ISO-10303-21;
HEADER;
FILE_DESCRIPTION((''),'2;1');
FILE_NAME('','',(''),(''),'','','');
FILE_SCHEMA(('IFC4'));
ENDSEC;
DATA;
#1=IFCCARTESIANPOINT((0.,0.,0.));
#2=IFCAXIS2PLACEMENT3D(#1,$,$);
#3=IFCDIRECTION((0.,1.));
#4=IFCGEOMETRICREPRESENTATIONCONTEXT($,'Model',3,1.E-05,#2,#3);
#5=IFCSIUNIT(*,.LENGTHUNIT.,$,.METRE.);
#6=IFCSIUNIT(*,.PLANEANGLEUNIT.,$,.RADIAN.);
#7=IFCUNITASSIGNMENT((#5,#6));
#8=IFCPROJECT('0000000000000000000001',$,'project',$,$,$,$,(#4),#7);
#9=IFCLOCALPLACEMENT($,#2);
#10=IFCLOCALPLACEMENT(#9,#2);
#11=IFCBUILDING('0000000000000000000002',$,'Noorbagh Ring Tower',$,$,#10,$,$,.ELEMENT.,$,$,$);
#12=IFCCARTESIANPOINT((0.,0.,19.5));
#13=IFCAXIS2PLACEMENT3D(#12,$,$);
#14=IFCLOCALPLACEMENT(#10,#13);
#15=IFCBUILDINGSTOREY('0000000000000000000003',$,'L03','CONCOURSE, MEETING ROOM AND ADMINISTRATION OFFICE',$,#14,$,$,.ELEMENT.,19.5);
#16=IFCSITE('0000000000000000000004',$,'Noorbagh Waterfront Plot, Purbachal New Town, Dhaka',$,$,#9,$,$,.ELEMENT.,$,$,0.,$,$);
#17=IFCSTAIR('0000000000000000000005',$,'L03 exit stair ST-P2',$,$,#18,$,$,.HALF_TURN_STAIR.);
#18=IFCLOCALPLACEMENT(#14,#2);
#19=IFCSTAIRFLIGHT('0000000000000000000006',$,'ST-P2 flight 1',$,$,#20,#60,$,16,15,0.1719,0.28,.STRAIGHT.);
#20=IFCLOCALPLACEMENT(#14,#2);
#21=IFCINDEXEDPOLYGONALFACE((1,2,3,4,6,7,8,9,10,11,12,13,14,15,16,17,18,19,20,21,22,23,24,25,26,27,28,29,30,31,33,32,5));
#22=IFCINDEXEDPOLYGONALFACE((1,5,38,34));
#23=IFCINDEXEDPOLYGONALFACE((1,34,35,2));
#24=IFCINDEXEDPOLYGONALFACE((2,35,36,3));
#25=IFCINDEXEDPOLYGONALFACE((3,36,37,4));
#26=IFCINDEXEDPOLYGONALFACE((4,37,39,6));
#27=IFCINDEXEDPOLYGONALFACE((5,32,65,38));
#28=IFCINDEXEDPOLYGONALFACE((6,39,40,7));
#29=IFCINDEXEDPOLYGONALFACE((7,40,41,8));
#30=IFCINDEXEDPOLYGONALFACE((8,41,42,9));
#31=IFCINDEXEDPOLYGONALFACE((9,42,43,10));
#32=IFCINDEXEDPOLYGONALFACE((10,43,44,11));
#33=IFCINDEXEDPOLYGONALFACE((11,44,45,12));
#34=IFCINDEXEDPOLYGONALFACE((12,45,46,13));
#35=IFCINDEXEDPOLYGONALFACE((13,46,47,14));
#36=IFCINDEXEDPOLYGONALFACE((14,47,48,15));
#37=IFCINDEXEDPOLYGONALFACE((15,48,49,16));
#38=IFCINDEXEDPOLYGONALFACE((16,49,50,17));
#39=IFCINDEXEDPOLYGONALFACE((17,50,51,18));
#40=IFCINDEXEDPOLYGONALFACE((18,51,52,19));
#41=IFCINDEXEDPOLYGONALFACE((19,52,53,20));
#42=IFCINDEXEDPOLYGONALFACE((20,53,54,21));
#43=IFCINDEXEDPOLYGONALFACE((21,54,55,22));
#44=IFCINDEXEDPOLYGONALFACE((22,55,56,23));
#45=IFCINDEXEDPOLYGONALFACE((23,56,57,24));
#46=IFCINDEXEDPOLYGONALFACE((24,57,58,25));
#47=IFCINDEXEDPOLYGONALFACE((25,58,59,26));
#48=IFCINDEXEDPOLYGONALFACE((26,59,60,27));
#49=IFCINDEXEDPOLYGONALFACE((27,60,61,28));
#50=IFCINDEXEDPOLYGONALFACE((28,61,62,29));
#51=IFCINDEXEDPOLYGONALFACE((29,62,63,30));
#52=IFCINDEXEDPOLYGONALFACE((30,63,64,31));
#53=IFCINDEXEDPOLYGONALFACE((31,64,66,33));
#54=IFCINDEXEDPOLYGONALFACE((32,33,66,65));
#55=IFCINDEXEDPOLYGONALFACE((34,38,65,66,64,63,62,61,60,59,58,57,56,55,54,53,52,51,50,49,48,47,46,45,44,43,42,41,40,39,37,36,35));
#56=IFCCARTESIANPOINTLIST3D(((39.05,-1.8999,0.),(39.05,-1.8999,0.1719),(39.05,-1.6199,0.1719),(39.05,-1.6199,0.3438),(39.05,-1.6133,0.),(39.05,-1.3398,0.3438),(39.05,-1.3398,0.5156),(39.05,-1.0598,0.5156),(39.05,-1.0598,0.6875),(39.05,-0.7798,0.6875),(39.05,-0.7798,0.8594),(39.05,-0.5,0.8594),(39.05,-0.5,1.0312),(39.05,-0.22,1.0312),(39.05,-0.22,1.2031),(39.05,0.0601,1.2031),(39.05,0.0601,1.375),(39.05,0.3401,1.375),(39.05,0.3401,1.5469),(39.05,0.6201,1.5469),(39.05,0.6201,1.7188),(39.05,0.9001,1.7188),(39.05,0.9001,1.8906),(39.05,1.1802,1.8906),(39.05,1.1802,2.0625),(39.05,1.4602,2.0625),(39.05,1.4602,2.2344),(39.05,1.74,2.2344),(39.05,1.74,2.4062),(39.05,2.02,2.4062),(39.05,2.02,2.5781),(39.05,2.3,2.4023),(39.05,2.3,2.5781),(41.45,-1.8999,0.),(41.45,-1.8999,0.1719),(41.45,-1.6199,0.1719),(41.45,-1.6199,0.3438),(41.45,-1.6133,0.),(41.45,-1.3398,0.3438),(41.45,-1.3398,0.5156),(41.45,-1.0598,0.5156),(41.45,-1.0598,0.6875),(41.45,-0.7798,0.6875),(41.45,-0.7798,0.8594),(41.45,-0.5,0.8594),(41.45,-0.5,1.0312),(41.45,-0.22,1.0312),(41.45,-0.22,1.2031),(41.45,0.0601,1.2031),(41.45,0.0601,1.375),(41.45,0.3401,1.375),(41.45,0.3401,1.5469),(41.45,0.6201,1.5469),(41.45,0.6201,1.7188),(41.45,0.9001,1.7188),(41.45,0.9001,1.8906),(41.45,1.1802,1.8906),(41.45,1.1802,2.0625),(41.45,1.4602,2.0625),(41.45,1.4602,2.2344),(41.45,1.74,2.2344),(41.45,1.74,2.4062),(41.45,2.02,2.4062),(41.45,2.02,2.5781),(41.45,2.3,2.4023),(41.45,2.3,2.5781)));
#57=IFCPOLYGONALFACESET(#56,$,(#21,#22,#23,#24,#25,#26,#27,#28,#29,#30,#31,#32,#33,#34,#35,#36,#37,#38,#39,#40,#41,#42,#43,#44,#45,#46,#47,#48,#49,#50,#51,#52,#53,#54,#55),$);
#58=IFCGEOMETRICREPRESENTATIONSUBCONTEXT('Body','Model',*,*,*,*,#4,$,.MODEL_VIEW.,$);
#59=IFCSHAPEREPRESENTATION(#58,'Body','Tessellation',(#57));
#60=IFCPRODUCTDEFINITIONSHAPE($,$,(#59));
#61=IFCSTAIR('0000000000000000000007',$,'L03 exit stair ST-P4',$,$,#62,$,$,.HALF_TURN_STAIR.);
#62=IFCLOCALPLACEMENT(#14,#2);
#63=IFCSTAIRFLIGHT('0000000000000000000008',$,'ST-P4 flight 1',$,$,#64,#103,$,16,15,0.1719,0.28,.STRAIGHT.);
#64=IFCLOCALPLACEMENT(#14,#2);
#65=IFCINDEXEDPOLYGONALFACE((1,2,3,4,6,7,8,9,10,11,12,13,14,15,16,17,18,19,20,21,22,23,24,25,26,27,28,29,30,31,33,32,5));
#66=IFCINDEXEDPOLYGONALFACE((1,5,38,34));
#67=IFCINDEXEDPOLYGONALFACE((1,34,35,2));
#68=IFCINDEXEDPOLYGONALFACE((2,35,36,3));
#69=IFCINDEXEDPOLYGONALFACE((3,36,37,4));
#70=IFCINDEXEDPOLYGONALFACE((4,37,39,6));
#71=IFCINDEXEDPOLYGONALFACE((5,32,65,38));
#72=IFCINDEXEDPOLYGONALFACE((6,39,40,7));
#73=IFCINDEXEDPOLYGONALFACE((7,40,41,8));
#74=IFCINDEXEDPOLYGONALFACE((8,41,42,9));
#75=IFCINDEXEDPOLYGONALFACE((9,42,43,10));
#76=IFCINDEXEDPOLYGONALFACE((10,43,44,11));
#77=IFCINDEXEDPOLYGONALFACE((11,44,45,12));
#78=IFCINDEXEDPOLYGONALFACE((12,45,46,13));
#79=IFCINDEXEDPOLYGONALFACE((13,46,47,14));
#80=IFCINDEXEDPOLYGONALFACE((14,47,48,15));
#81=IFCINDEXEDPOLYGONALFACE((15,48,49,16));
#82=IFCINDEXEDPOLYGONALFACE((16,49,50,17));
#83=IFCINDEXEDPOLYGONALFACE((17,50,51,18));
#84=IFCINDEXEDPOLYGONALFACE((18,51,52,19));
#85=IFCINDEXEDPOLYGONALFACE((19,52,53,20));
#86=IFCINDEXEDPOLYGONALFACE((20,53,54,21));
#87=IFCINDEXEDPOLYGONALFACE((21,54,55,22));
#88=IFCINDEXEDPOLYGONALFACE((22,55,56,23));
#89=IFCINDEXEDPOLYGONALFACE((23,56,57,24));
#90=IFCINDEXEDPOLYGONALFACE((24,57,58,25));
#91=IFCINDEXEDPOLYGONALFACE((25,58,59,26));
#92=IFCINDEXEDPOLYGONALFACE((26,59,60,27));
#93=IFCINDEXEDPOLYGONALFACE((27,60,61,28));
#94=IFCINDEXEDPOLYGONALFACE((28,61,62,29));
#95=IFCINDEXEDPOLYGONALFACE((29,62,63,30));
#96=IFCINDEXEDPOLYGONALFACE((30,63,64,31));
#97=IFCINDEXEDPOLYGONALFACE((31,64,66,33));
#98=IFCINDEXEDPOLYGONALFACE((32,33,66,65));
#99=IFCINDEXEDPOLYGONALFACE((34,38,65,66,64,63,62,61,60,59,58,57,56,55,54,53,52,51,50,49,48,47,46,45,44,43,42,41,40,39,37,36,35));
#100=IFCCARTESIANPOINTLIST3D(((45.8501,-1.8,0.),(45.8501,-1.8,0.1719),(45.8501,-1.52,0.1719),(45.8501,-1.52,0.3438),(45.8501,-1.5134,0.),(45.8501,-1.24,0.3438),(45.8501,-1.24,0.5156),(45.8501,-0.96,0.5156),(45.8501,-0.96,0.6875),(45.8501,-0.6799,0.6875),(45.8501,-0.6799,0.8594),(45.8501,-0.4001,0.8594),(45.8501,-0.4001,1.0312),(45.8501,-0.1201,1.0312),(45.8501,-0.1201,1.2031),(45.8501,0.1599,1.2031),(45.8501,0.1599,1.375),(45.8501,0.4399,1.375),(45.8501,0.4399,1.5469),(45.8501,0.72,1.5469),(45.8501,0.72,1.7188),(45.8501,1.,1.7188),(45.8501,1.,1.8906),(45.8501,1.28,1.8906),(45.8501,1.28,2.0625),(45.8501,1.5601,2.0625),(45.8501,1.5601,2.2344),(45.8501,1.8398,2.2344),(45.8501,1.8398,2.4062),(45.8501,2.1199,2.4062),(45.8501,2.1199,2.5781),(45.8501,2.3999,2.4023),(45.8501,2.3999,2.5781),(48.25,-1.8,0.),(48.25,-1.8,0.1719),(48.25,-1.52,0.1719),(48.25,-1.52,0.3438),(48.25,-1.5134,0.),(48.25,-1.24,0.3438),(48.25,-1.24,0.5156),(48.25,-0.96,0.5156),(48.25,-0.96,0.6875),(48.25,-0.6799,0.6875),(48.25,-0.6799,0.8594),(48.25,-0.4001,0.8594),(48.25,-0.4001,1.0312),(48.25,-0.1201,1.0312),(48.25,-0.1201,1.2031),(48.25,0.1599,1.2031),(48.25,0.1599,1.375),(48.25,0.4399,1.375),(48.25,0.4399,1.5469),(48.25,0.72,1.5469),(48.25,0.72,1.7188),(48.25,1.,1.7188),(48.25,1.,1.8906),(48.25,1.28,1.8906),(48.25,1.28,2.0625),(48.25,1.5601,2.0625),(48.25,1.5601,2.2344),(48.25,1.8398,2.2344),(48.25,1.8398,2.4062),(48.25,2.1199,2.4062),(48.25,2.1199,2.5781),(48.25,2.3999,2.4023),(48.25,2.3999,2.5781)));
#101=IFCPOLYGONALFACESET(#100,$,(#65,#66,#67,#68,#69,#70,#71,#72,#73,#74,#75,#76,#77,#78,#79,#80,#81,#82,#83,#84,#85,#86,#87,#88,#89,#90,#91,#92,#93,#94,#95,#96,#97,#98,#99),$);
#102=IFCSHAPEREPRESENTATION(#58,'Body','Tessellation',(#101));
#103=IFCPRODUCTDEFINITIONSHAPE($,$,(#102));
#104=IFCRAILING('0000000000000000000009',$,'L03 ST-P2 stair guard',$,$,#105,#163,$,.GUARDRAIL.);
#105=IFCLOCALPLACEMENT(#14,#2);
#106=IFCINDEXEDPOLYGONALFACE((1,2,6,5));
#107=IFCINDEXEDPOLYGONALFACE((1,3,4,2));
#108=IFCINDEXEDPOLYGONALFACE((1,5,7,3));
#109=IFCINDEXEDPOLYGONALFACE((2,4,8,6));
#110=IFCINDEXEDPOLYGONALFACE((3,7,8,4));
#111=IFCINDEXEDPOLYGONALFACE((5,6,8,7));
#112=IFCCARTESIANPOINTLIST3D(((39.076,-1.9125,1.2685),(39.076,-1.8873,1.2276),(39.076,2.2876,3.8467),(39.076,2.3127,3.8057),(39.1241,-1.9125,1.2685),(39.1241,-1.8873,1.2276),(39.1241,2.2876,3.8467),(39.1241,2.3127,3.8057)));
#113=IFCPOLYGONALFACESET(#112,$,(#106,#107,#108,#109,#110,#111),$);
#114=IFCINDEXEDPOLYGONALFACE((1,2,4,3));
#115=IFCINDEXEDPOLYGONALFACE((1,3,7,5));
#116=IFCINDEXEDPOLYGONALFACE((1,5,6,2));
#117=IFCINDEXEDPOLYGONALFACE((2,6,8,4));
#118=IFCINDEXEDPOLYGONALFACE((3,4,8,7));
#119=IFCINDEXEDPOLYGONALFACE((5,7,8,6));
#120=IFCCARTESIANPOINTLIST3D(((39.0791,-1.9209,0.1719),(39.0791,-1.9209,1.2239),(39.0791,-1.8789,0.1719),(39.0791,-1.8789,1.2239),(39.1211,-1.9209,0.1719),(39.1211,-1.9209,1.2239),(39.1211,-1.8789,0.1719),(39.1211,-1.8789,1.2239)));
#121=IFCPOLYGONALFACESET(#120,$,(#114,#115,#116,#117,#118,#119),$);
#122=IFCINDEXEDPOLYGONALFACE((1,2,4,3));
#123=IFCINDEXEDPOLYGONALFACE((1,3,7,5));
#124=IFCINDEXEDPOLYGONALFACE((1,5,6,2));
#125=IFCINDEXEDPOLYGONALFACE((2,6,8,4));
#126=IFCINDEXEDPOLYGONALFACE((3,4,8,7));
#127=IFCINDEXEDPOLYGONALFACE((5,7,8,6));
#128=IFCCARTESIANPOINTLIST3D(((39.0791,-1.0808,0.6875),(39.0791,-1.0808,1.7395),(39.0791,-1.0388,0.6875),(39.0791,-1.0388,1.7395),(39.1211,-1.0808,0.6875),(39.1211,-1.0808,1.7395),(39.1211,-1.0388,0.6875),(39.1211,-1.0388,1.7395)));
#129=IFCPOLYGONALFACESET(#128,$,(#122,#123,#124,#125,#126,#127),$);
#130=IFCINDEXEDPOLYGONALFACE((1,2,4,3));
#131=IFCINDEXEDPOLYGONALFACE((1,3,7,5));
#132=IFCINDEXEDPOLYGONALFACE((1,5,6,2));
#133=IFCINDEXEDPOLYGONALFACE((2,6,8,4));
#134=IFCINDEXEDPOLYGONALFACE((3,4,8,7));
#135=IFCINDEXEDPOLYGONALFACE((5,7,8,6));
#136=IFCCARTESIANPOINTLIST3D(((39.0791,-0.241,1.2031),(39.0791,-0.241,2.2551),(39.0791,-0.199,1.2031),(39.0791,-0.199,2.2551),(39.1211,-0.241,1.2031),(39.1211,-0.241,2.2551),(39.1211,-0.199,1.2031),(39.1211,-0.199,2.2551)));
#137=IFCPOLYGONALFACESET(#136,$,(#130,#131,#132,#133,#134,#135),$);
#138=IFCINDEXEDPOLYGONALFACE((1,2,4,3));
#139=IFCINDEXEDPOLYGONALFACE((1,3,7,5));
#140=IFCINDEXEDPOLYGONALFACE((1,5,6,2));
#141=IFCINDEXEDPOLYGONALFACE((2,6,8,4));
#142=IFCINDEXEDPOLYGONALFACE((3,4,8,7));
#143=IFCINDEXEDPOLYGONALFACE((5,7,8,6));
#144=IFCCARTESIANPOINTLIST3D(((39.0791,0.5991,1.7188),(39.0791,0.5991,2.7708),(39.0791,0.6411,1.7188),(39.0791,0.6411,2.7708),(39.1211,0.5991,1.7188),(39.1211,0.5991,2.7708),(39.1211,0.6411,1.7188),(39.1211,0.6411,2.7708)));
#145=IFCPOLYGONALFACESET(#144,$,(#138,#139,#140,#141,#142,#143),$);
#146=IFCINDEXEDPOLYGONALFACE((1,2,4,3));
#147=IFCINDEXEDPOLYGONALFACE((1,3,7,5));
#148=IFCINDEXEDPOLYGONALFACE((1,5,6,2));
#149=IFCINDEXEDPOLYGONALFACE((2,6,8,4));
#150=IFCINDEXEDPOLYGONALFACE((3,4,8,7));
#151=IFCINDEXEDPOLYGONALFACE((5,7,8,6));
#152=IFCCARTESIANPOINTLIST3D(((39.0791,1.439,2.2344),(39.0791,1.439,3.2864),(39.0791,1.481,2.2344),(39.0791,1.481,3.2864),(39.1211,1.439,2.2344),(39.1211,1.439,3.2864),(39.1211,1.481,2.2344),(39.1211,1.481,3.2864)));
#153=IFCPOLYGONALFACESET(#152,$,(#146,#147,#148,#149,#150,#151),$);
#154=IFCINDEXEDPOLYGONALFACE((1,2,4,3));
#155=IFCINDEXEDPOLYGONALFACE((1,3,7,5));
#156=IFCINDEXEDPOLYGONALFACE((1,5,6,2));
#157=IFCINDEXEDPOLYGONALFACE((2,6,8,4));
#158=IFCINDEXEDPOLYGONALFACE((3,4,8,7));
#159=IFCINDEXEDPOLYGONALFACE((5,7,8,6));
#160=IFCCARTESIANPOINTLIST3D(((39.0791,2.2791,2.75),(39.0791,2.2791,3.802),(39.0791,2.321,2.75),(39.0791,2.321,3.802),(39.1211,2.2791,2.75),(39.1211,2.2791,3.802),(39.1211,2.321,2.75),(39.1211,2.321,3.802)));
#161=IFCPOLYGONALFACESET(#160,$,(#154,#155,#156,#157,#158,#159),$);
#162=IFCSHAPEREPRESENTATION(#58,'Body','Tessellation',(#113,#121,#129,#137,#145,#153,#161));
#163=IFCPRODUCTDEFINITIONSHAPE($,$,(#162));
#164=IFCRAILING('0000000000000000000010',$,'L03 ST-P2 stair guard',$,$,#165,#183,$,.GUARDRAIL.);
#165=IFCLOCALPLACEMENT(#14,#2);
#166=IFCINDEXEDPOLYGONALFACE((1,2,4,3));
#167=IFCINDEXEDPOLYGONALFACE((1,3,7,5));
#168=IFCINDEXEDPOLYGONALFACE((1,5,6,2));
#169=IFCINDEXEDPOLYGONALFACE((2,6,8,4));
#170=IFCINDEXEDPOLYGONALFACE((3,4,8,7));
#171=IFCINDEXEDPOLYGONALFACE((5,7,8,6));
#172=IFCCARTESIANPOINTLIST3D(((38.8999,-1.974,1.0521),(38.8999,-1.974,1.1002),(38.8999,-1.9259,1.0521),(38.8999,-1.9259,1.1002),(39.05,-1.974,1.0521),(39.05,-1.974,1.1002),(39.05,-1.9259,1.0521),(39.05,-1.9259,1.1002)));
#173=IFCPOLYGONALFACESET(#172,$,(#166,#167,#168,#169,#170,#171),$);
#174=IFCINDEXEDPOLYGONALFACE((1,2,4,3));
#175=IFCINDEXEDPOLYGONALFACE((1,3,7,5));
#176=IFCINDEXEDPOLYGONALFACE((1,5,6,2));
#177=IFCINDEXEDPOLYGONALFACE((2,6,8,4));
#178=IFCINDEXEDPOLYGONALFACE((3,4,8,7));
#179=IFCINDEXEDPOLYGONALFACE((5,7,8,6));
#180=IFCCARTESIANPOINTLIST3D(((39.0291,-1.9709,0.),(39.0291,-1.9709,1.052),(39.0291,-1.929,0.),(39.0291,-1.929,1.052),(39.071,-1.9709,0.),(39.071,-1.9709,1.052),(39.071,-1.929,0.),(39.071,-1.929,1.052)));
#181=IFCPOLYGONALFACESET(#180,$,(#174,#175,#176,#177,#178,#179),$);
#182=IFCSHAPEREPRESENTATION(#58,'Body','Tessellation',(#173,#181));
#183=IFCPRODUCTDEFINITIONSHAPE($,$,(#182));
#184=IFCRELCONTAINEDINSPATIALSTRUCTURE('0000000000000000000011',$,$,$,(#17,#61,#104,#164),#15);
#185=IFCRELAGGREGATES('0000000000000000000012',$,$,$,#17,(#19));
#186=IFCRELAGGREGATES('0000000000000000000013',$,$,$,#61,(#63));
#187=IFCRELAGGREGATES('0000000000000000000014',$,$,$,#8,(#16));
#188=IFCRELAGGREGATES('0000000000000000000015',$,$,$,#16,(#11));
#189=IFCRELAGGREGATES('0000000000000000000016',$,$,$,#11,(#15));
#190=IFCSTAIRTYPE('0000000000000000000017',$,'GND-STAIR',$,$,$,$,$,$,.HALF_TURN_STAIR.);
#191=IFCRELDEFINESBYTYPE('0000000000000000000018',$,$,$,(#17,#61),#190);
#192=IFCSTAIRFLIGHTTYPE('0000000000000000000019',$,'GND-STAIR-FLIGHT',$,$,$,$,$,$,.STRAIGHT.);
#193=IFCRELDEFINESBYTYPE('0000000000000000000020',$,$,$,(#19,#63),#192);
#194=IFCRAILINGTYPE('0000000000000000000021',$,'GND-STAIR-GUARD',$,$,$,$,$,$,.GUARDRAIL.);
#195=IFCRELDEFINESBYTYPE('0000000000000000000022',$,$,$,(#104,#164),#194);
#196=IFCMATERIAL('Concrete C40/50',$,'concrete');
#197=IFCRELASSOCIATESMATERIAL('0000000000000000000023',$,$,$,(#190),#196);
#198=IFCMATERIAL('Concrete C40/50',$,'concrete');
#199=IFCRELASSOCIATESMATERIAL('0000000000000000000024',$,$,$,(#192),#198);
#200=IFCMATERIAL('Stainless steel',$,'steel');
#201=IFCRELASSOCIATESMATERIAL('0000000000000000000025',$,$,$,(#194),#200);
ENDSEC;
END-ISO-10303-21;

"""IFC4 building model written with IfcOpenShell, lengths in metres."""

from ifc_helpers import new_model, si_unit, direction, frame, origin, origin_2d, place, context, subcontext, project, spatial, polyline, rectangle, outline, extrude, material, type_object, element, aggregate, save


model = new_model("IFC4")

# Units and contexts
model_context = context("Model", 3, precision=1e-05, world=origin(), true_north=direction((0.0, 1.0)))
body_context = subcontext(model_context, "Body", "Model", "MODEL_VIEW")
ifc_project = project(units=[si_unit("LENGTHUNIT", "METRE"), si_unit("PLANEANGLEUNIT", "RADIAN")], contexts=[model_context])

# Site, building, storey
site_placement = place(None, origin())
site = spatial("IfcSite", under=ifc_project, at=site_placement, Name="Noorbagh Waterfront Plot, Purbachal New Town, Dhaka", CompositionType="ELEMENT", RefElevation=0.0)
building_placement = place(site_placement, origin())
building = spatial("IfcBuilding", under=site, at=building_placement, Name="Noorbagh Ring Tower", CompositionType="ELEMENT")
storey_placement = place(building_placement, frame((0.0, 0.0, 19.5)))
storey = spatial("IfcBuildingStorey", under=building, at=storey_placement, Name="L03", Description="CONCOURSE, MEETING ROOM AND ADMINISTRATION OFFICE", CompositionType="ELEMENT", Elevation=19.5)

# Stairs, stair flights
ifc_material_1 = material(Name="Concrete C40/50", Category="concrete")
stair_type = type_object("IfcStairType", Name="GND-STAIR", PredefinedType="HALF_TURN_STAIR", material=ifc_material_1)
stair_1_placement = place(storey_placement, origin())
stair_1 = element("IfcStair", 1, at=stair_1_placement, inside=storey, type_object=stair_type, Name="L03 exit stair ST-P2", PredefinedType="HALF_TURN_STAIR")
ifc_material_2 = material(Name="Concrete C40/50", Category="concrete")
stair_flight_type = type_object("IfcStairFlightType", Name="GND-STAIR-FLIGHT", PredefinedType="STRAIGHT", material=ifc_material_2)
stair_flight_1_placement = place(storey_placement, frame((40.25, -1.8999, 0.0), z_axis=(0.0, 0.0, 1.0), x_axis=(0.0, 1.0, 0.0)))
stair_flight_1 = element("IfcStairFlight", 2, at=stair_flight_1_placement, type_object=stair_flight_type, Name="ST-P2 flight 1", NumberOfRisers=16, NumberOfTreads=15, PredefinedType="STRAIGHT", RiserHeight=0.1719, TreadLength=0.28, context=body_context, shape_type="SweptSolid", body=[
    extrude(outline(polyline([(0.0, 0.0), (0.0, 0.1719), (0.28, 0.1719), (0.28, 0.3438), (0.5601, 0.3438), (0.5601, 0.5156), (0.8401, 0.5156), (0.8401, 0.6875), (1.1201, 0.6875), (1.1201, 0.8594), (1.3999, 0.8594), (1.3999, 1.0312), (1.6799, 1.0312), (1.6799, 1.2031), (1.96, 1.2031), (1.96, 1.375), (2.24, 1.375), (2.24, 1.5469), (2.52, 1.5469), (2.52, 1.7188), (2.8, 1.7188), (2.8, 1.8906), (3.0801, 1.8906), (3.0801, 2.0625), (3.3601, 2.0625), (3.3601, 2.2344), (3.6399, 2.2344), (3.6399, 2.4062), (3.9199, 2.4062), (3.9199, 2.5781), (4.2, 2.5781), (4.2, 2.75), (4.2, 2.4023), (0.2866, 0.0), (0.0, 0.0)])), frame((0.0, 1.2, 0.0), z_axis=(0.0, -1.0, 0.0), x_axis=(1.0, 0.0, 0.0)), (0.0, 0.0, 1.0), 2.3999),
])
aggregate(stair_1, [stair_flight_1])
stair_2_placement = place(storey_placement, origin())
stair_2 = element("IfcStair", 3, at=stair_2_placement, inside=storey, type_object=stair_type, Name="L03 exit stair ST-P4", PredefinedType="HALF_TURN_STAIR")
stair_flight_2_placement = place(storey_placement, frame((47.05, -1.8, 0.0), z_axis=(0.0, 0.0, 1.0), x_axis=(0.0, 1.0, 0.0)))
stair_flight_2 = element("IfcStairFlight", 4, at=stair_flight_2_placement, type_object=stair_flight_type, Name="ST-P4 flight 1", NumberOfRisers=16, NumberOfTreads=15, PredefinedType="STRAIGHT", RiserHeight=0.1719, TreadLength=0.28, context=body_context, shape_type="SweptSolid", body=[
    extrude(outline(polyline([(0.0, 0.0), (0.0, 0.1719), (0.28, 0.1719), (0.28, 0.3438), (0.5601, 0.3438), (0.5601, 0.5156), (0.8401, 0.5156), (0.8401, 0.6875), (1.1201, 0.6875), (1.1201, 0.8594), (1.3999, 0.8594), (1.3999, 1.0312), (1.6799, 1.0312), (1.6799, 1.2031), (1.96, 1.2031), (1.96, 1.375), (2.24, 1.375), (2.24, 1.5469), (2.52, 1.5469), (2.52, 1.7188), (2.8, 1.7188), (2.8, 1.8906), (3.0801, 1.8906), (3.0801, 2.0625), (3.3601, 2.0625), (3.3601, 2.2344), (3.6399, 2.2344), (3.6399, 2.4062), (3.9199, 2.4062), (3.9199, 2.5781), (4.2, 2.5781), (4.2, 2.75), (4.2, 2.4023), (0.2866, 0.0), (0.0, 0.0)])), frame((0.0, 1.2, 0.0), z_axis=(0.0, -1.0, 0.0), x_axis=(1.0, 0.0, 0.0)), (0.0, 0.0, 1.0), 2.3999),
])
aggregate(stair_2, [stair_flight_2])

# Railings
ifc_material_3 = material(Name="Stainless steel", Category="steel")
railing_type_1 = type_object("IfcRailingType", Name="GND-STAIR-GUARD", PredefinedType="GUARDRAIL", material=ifc_material_3)
railing_1_placement = place(storey_placement, frame((39.1001, -1.8999, 0.1719)))
element("IfcRailing", 5, at=railing_1_placement, inside=storey, type_object=railing_type_1, Name="L03 ST-P2 stair guard", PredefinedType="GUARDRAIL", context=body_context, shape_type="SweptSolid", body=[
    extrude(rectangle(XDim=0.0481, YDim=0.0481, at=origin_2d()), frame((0.0, 0.0, 1.0762), z_axis=(0.0, 0.852243, 0.523146), x_axis=(-1.0, 0.0, 0.0)), (0.0, 0.0, 1.0), 4.9282),
    extrude(rectangle(XDim=0.042, YDim=0.042, at=origin_2d()), origin(), (0.0, 0.0, 1.0), 1.052),
    extrude(rectangle(XDim=0.042, YDim=0.042, at=origin_2d()), frame((0.0, 0.8401, 0.5156)), (0.0, 0.0, 1.0), 1.052),
    extrude(rectangle(XDim=0.042, YDim=0.042, at=origin_2d()), frame((0.0, 1.6799, 1.0312)), (0.0, 0.0, 1.0), 1.052),
    extrude(rectangle(XDim=0.042, YDim=0.042, at=origin_2d()), frame((0.0, 2.52, 1.5469)), (0.0, 0.0, 1.0), 1.052),
    extrude(rectangle(XDim=0.042, YDim=0.042, at=origin_2d()), frame((0.0, 3.3599, 2.0625)), (0.0, 0.0, 1.0), 1.052),
    extrude(rectangle(XDim=0.042, YDim=0.042, at=origin_2d()), frame((0.0, 4.2, 2.5781)), (0.0, 0.0, 1.0), 1.052),
])
railing_2_placement = place(storey_placement, frame((39.05, -1.95, 0.0)))
element("IfcRailing", 6, at=railing_2_placement, inside=storey, type_object=railing_type_1, Name="L03 ST-P2 stair guard", PredefinedType="GUARDRAIL", context=body_context, shape_type="SweptSolid", body=[
    extrude(rectangle(XDim=0.0481, YDim=0.0481, at=origin_2d()), frame((0.0, 0.0, 1.0762), z_axis=(-1.0, 0.0, 0.0), x_axis=(0.0, -1.0, 0.0)), (0.0, 0.0, 1.0), 0.1501),
    extrude(rectangle(XDim=0.042, YDim=0.042, at=origin_2d()), origin(), (0.0, 0.0, 1.0), 1.052),
])

save(model, "model.ifc")
